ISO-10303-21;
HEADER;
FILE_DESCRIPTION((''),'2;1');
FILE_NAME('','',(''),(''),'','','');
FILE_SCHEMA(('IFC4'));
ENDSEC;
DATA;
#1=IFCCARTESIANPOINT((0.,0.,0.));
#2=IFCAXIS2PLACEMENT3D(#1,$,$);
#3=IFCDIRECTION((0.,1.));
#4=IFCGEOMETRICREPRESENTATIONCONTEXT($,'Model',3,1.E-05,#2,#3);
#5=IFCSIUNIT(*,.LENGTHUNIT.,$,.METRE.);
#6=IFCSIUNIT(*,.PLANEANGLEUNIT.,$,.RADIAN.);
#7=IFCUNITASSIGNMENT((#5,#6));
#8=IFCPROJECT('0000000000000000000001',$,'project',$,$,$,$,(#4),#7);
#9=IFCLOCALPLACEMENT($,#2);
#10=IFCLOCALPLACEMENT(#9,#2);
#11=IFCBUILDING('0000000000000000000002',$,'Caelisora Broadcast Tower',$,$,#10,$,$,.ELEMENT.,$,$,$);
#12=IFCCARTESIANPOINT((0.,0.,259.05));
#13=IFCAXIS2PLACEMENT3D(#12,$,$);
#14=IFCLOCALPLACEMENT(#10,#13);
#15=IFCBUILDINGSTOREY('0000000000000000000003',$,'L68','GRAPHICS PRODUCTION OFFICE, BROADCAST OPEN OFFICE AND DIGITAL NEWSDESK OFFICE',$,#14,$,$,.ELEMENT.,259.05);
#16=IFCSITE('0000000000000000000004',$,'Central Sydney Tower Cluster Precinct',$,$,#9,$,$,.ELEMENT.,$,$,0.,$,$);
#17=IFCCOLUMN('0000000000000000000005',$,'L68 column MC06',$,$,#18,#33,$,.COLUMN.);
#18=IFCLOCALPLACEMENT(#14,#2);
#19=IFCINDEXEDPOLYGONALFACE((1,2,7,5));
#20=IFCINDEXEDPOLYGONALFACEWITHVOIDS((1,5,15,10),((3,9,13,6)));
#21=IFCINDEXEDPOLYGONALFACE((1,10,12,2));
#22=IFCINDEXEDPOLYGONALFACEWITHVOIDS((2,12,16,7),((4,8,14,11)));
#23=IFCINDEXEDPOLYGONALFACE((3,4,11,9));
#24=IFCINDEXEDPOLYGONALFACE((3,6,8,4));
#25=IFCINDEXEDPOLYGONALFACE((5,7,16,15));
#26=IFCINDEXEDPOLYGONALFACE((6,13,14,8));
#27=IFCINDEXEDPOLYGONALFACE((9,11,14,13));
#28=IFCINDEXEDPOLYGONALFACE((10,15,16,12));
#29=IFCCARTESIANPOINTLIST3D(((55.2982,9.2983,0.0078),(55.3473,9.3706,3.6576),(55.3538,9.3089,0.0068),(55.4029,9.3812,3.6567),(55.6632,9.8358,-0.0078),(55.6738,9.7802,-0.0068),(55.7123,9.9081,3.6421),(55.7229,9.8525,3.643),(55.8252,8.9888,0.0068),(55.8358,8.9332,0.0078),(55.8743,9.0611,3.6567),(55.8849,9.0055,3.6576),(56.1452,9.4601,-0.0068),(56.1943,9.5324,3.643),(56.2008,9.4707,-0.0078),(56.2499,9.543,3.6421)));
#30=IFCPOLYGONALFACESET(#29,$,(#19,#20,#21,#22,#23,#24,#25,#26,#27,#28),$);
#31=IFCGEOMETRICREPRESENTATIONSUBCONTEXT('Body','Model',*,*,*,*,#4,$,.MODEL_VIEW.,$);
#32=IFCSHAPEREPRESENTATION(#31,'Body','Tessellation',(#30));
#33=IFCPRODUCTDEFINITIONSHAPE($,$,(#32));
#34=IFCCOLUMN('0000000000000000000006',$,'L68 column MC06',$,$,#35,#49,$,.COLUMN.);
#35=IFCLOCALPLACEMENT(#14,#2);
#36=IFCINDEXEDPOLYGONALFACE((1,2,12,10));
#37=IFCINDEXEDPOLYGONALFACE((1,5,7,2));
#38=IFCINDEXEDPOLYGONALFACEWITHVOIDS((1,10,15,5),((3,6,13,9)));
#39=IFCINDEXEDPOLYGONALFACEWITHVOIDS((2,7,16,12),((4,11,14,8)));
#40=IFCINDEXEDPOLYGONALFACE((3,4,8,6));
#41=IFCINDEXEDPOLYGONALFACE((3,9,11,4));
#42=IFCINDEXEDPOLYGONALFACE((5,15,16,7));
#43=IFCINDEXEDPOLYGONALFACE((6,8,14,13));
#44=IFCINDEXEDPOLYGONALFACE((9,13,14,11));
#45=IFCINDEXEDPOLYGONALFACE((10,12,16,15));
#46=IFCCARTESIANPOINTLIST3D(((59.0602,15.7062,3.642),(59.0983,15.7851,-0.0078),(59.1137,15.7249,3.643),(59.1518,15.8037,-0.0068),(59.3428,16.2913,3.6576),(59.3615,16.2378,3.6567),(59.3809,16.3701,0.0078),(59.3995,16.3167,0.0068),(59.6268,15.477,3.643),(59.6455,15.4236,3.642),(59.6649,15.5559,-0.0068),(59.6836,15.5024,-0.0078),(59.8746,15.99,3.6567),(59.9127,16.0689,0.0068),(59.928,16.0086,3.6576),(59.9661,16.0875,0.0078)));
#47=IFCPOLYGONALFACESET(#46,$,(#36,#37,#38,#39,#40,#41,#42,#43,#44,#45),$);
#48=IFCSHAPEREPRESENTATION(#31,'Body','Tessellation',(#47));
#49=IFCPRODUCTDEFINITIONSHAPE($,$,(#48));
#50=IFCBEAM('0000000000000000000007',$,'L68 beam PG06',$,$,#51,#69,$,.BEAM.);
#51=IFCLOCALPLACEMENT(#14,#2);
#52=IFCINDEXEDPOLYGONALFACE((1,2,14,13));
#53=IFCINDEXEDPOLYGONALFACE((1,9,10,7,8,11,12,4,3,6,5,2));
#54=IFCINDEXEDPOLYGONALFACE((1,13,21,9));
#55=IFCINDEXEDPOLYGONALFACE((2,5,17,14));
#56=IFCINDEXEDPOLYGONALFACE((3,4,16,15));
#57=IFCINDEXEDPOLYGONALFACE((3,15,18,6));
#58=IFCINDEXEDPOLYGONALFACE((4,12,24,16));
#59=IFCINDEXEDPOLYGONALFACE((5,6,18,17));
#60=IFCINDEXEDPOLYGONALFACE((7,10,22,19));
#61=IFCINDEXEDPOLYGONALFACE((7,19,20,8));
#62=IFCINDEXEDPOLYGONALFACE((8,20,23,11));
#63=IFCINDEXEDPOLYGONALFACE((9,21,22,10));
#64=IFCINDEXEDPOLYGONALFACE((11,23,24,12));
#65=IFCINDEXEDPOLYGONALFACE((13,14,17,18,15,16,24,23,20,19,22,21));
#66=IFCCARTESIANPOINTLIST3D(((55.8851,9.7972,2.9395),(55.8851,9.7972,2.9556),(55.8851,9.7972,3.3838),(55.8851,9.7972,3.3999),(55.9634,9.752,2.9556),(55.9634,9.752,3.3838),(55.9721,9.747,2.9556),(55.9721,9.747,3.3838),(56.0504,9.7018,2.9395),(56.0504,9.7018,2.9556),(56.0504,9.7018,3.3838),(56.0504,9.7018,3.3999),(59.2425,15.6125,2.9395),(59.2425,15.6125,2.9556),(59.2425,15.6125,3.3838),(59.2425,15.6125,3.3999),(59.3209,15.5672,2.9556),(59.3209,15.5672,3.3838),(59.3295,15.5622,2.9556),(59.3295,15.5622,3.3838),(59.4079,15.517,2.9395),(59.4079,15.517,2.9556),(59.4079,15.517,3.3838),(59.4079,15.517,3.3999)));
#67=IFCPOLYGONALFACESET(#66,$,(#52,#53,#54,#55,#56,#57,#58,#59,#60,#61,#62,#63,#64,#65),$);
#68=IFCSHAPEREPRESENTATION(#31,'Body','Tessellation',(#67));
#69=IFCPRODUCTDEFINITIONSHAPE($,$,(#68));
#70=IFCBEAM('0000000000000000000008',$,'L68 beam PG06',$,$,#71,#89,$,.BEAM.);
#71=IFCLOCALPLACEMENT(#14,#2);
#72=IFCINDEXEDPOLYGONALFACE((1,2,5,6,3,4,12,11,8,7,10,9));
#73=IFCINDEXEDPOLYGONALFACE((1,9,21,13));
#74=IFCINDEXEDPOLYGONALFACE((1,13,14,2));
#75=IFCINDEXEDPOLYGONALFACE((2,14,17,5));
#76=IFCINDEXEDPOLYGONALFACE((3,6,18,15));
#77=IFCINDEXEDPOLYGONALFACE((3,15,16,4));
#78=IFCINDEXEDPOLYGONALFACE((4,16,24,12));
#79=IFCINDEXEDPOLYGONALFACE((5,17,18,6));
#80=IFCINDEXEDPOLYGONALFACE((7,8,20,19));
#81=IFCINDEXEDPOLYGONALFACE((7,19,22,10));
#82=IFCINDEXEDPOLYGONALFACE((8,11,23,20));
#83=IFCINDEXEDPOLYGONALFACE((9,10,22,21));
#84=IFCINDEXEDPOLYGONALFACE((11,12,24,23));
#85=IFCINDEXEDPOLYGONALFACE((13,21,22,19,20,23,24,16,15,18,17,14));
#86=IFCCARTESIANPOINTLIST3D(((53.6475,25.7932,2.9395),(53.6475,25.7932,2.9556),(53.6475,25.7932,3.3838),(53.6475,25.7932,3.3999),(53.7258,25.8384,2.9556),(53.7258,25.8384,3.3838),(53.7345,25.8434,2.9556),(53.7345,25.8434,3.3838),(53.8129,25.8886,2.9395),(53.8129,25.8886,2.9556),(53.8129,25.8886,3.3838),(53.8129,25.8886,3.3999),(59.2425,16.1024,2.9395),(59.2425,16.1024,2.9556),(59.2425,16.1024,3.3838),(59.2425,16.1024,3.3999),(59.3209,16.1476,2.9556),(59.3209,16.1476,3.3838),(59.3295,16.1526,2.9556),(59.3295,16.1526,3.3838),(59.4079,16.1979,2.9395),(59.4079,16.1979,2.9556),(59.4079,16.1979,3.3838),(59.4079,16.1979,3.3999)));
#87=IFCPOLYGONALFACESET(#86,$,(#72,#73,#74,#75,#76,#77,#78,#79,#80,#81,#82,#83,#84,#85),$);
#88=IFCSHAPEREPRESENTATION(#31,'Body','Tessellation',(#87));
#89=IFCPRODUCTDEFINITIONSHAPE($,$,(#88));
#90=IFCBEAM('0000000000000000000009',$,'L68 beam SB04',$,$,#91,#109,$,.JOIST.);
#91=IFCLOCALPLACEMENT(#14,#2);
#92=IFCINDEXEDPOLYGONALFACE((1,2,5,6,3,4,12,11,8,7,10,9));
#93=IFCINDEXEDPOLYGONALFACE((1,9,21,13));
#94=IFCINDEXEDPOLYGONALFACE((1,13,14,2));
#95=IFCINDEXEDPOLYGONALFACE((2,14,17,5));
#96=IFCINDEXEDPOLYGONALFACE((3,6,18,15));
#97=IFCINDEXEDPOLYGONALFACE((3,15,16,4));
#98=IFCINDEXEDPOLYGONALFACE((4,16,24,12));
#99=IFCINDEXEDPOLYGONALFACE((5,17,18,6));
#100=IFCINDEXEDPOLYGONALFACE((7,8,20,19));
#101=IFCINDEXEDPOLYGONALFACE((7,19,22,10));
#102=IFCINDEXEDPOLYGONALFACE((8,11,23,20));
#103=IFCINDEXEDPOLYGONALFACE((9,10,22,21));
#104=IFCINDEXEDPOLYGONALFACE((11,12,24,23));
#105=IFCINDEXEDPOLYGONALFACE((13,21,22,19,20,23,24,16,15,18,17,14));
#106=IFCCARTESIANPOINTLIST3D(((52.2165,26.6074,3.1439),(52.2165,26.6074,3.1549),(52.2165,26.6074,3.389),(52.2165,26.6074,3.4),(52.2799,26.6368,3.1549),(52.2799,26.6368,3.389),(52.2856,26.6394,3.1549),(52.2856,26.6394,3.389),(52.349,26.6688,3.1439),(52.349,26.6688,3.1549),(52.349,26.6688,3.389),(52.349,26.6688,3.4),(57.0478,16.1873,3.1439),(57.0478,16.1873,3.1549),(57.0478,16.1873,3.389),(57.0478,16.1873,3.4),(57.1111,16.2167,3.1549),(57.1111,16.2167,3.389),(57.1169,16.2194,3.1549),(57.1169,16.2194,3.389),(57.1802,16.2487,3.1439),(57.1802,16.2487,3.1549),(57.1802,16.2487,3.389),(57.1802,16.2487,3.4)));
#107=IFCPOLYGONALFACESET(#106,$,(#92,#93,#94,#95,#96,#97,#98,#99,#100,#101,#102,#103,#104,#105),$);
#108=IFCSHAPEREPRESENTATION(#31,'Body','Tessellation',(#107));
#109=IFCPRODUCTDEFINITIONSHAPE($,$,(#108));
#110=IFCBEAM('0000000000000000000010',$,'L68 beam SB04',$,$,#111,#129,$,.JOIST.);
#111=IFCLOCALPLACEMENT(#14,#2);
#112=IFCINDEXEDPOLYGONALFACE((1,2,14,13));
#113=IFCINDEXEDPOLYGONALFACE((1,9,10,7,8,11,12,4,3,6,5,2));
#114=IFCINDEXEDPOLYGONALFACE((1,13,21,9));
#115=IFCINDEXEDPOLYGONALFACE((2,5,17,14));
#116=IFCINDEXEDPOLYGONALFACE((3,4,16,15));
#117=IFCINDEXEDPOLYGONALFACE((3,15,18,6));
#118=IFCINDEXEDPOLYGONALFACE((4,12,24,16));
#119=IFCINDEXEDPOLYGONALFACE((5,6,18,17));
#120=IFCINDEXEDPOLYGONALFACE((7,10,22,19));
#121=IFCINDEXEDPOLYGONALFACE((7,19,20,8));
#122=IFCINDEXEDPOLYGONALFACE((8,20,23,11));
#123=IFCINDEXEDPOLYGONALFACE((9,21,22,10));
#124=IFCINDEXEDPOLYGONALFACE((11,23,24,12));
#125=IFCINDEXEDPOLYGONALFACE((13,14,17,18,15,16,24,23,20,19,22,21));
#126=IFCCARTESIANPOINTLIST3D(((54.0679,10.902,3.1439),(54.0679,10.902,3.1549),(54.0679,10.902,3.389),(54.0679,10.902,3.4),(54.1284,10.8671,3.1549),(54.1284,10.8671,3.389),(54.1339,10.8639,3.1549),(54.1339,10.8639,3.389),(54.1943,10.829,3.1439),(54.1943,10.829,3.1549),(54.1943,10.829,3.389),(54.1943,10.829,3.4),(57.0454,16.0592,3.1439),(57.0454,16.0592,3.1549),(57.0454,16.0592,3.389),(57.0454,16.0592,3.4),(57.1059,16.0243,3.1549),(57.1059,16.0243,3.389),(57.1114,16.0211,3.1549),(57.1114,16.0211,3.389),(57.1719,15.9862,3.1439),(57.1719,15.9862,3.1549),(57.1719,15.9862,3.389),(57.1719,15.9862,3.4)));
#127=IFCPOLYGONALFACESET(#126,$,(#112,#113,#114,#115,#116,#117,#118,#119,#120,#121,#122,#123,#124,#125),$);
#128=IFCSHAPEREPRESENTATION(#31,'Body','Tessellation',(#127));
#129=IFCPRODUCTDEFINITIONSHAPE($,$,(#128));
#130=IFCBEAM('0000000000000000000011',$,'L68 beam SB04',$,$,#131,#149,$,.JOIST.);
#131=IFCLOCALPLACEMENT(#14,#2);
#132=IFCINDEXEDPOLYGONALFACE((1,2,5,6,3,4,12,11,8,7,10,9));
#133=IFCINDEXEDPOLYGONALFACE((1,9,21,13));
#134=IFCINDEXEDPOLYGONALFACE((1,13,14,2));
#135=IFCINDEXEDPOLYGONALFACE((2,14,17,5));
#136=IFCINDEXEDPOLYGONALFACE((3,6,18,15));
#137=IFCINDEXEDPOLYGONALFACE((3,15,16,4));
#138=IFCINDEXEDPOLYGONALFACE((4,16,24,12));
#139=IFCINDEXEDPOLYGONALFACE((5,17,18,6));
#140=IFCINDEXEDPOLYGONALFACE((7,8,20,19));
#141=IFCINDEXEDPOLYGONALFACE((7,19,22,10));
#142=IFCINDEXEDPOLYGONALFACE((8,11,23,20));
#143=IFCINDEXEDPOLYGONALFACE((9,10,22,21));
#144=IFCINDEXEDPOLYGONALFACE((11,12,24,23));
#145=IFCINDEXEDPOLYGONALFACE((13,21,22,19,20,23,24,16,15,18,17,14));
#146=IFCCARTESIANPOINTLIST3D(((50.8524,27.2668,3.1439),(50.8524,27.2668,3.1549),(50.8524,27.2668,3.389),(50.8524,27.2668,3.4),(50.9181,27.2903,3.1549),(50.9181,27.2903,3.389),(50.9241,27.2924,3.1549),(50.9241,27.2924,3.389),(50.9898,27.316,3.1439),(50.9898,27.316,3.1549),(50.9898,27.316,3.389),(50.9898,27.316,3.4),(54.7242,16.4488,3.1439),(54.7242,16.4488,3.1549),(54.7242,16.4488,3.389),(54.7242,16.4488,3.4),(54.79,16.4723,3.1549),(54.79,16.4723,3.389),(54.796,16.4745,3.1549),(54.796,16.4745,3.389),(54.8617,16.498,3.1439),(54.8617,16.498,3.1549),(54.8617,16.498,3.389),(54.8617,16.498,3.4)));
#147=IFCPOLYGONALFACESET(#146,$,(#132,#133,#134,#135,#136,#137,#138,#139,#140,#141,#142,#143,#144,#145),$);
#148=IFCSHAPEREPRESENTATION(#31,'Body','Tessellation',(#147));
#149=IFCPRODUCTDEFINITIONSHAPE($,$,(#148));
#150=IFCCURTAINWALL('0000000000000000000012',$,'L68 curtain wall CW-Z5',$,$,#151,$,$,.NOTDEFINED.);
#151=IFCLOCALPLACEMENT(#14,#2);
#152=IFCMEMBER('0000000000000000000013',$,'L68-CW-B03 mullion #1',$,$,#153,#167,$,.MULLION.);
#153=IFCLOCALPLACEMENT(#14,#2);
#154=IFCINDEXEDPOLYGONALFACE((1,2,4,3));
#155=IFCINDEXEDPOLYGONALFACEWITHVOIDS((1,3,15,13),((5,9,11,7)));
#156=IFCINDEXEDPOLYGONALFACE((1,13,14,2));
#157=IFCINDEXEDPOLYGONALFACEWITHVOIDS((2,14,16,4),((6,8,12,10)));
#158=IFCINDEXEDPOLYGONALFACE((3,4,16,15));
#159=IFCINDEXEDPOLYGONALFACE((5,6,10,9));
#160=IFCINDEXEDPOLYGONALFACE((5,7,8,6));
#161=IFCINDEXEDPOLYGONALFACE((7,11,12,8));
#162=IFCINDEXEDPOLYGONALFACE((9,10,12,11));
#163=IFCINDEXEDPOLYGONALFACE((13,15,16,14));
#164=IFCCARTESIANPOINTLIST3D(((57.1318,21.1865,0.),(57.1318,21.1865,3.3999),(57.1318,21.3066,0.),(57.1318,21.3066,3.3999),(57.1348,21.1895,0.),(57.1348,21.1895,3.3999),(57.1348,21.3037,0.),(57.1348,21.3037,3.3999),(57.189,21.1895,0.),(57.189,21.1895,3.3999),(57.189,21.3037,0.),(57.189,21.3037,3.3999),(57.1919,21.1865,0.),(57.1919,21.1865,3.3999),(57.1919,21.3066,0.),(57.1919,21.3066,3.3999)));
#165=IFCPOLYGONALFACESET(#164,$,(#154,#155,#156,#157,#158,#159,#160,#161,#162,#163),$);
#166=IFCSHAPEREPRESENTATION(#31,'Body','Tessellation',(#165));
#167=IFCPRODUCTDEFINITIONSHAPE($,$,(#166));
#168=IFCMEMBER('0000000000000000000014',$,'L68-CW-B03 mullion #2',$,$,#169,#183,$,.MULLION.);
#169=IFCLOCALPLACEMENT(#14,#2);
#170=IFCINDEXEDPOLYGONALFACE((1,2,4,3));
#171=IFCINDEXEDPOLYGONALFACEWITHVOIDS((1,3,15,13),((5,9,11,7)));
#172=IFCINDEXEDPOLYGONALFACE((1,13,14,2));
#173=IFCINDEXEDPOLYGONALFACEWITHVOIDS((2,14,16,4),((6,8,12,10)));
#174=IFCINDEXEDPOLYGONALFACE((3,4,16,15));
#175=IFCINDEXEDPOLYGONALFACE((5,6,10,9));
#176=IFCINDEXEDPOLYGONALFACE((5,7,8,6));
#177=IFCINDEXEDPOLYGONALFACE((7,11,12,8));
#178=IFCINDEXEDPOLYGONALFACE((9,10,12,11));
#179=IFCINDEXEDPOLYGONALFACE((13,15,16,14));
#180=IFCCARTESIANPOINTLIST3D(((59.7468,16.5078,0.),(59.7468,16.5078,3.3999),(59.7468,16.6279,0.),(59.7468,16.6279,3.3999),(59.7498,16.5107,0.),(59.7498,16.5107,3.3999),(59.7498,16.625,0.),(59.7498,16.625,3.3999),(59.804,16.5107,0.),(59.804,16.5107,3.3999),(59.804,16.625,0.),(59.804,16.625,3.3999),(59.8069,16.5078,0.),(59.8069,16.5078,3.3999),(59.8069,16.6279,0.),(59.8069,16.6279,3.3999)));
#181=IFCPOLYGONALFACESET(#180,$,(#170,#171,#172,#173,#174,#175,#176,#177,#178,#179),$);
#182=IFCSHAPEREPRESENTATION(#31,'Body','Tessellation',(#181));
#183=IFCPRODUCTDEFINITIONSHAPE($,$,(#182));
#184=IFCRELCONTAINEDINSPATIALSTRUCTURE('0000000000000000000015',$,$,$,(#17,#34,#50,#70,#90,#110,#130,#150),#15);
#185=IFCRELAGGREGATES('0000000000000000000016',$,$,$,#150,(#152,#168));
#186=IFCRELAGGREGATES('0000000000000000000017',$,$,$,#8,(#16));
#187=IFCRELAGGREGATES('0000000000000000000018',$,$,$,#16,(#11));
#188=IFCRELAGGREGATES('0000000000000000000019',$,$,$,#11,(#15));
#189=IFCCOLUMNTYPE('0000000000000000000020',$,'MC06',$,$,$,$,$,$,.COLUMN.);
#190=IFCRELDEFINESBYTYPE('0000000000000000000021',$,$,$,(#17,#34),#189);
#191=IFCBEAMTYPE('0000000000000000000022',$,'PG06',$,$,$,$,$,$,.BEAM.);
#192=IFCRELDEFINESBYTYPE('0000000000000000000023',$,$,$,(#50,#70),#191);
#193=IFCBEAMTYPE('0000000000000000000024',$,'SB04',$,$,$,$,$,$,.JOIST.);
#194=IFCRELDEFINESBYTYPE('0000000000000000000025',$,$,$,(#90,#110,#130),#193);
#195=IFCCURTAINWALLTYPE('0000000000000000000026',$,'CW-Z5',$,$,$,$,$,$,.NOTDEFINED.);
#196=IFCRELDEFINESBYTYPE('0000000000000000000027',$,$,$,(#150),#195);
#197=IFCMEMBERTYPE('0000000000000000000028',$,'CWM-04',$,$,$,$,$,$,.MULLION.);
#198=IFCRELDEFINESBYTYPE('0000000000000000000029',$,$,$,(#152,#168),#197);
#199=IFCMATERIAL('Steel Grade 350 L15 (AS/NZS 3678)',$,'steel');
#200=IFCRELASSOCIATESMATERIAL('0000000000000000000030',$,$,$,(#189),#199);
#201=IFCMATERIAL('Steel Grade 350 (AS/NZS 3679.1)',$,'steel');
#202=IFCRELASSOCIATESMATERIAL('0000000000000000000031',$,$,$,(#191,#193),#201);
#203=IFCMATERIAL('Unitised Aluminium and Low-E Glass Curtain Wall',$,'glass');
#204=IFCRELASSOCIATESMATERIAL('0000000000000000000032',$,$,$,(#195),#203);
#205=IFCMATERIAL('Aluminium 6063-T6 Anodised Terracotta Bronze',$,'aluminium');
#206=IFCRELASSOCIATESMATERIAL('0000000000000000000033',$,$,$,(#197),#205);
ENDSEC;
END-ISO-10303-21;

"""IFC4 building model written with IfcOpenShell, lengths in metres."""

from ifc_helpers import new_model, si_unit, direction, frame, origin, origin_2d, place, context, subcontext, project, spatial, hollow_rectangle, i_section, extrude, source, transform, mapped, material, material_profile, profile_set, type_object, type_shapes, element, aggregate, save


model = new_model("IFC4")

# Units and contexts
model_context = context("Model", 3, precision=1e-05, world=origin(), true_north=direction((0.0, 1.0)))
body_context = subcontext(model_context, "Body", "Model", "MODEL_VIEW")
ifc_project = project(units=[si_unit("LENGTHUNIT", "METRE"), si_unit("PLANEANGLEUNIT", "RADIAN")], contexts=[model_context])

# Site, building, storey
site_placement = place(None, origin())
site = spatial("IfcSite", under=ifc_project, at=site_placement, Name="Central Sydney Tower Cluster Precinct", CompositionType="ELEMENT", RefElevation=0.0)
building_placement = place(site_placement, origin())
building = spatial("IfcBuilding", under=site, at=building_placement, Name="Caelisora Broadcast Tower", CompositionType="ELEMENT")
storey_placement = place(building_placement, frame((0.0, 0.0, 259.05)))
storey = spatial("IfcBuildingStorey", under=building, at=storey_placement, Name="L68", Description="GRAPHICS PRODUCTION OFFICE, BROADCAST OPEN OFFICE AND DIGITAL NEWSDESK OFFICE", CompositionType="ELEMENT", Elevation=259.05)

# Columns
ifc_material_1 = material(Name="Steel Grade 350 L15 (AS/NZS 3678)", Category="steel")
ifc_material_profile_1 = material_profile(ifc_material_1, hollow_rectangle(XDim=0.6499, YDim=0.6499, WallThickness=0.04, at=origin_2d()), Name="Steel Grade 350 L15 (AS/NZS 3678)")
ifc_profile_set_1 = profile_set([ifc_material_profile_1], Name="Steel Grade 350 L15 (AS/NZS 3678)")
column_type = type_object("IfcColumnType", Name="MC06", PredefinedType="COLUMN", material=ifc_profile_set_1)
shared_shape_1 = source(origin(), body_context, "Body", "SweptSolid", [
    extrude(hollow_rectangle(XDim=0.6499, YDim=0.6499, WallThickness=0.04, at=origin_2d()), origin(), (0.0, 0.0, 1.0), 3.6509),
])
type_shapes(column_type, [shared_shape_1])
for number, where, z_axis, x_axis, name in (
    (1, (55.7495, 9.3845, 0.0), (0.013441, 0.019794, 0.999714), (-0.82729, 0.561775, 0.0), "L68 column MC06"),
    (2, (59.5322, 15.9363, 0.0), (-0.010432, -0.021599, 0.999712), (0.900476, -0.434905, 0.0), "L68 column MC06"),
):
    element("IfcColumn", number, at=place(storey_placement, frame(where, z_axis=z_axis, x_axis=x_axis)), inside=storey, type_object=column_type, Name=name, PredefinedType="COLUMN", context=body_context, shape_type="MappedRepresentation", body=[
        mapped(shared_shape_1, transform((0.0, 0.0, 0.0), scale=1.0)),
    ])

# Beams
ifc_material_2 = material(Name="Steel Grade 350 (AS/NZS 3679.1)", Category="steel")
ifc_material_profile_2 = material_profile(ifc_material_2, i_section(OverallWidth=0.1909, OverallDepth=0.4604, WebThickness=0.01, FlangeThickness=0.0161, at=origin_2d()), Name="Steel Grade 350 (AS/NZS 3679.1)")
ifc_profile_set_2 = profile_set([ifc_material_profile_2], Name="Steel Grade 350 (AS/NZS 3679.1)")
beam_type_1 = type_object("IfcBeamType", Name="PG06", PredefinedType="BEAM", material=ifc_profile_set_2)
shared_shape_2 = source(origin(), body_context, "Body", "SweptSolid", [
    extrude(i_section(OverallWidth=0.1909, OverallDepth=0.4604, WebThickness=0.01, FlangeThickness=0.0161, at=origin_2d()), origin(), (0.0, 0.0, 1.0), 6.7148),
])
beam_1_placement = place(storey_placement, frame((55.9678, 9.7495, 3.1697), z_axis=(0.500003, 0.866024, 0.0), x_axis=(-0.866024, 0.500003, 0.0)))
element("IfcBeam", 3, at=beam_1_placement, inside=storey, type_object=beam_type_1, Name="L68 beam PG06", PredefinedType="BEAM", context=body_context, shape_type="MappedRepresentation", body=[
    mapped(shared_shape_2, transform((0.0, 0.0, 0.0), scale=1.0)),
])
shared_shape_3 = source(origin(), body_context, "Body", "SweptSolid", [
    extrude(i_section(OverallWidth=0.1909, OverallDepth=0.4604, WebThickness=0.01, FlangeThickness=0.0161, at=origin_2d()), origin(), (0.0, 0.0, 1.0), 11.1899),
])
type_shapes(beam_type_1, [shared_shape_2, shared_shape_3])
beam_2_placement = place(storey_placement, frame((59.3252, 16.1501, 3.1697), z_axis=(-0.500004, 0.866023, 0.0), x_axis=(-0.866023, -0.500004, 0.0)))
element("IfcBeam", 4, at=beam_2_placement, inside=storey, type_object=beam_type_1, Name="L68 beam PG06", PredefinedType="BEAM", context=body_context, shape_type="MappedRepresentation", body=[
    mapped(shared_shape_3, transform((0.0, 0.0, 0.0), scale=1.0)),
])
ifc_material_profile_3 = material_profile(ifc_material_2, i_section(OverallWidth=0.146, OverallDepth=0.2561, WebThickness=0.0063, FlangeThickness=0.011, at=origin_2d()), Name="Steel Grade 350 (AS/NZS 3679.1)")
ifc_profile_set_3 = profile_set([ifc_material_profile_3], Name="Steel Grade 350 (AS/NZS 3679.1)")
beam_type_2 = type_object("IfcBeamType", Name="SB04", PredefinedType="JOIST", material=ifc_profile_set_3)
shared_shape_4 = source(origin(), body_context, "Body", "SweptSolid", [
    extrude(i_section(OverallWidth=0.146, OverallDepth=0.2561, WebThickness=0.0063, FlangeThickness=0.011, at=origin_2d()), origin(), (0.0, 0.0, 1.0), 11.4856),
])
beam_3_placement = place(storey_placement, frame((57.114, 16.218, 3.272), z_axis=(-0.420636, 0.90723, 0.0), x_axis=(-0.90723, -0.420636, 0.0)))
element("IfcBeam", 5, at=beam_3_placement, inside=storey, type_object=beam_type_2, Name="L68 beam SB04", PredefinedType="JOIST", context=body_context, shape_type="MappedRepresentation", body=[
    mapped(shared_shape_4, transform((0.0, 0.0, 0.0), scale=1.0)),
])
shared_shape_5 = source(origin(), body_context, "Body", "SweptSolid", [
    extrude(i_section(OverallWidth=0.146, OverallDepth=0.2561, WebThickness=0.0063, FlangeThickness=0.011, at=origin_2d()), origin(), (0.0, 0.0, 1.0), 5.9551),
])
beam_4_placement = place(storey_placement, frame((54.1311, 10.8655, 3.272), z_axis=(0.500002, 0.866024, 0.0), x_axis=(-0.866024, 0.500002, 0.0)))
element("IfcBeam", 6, at=beam_4_placement, inside=storey, type_object=beam_type_2, Name="L68 beam SB04", PredefinedType="JOIST", context=body_context, shape_type="MappedRepresentation", body=[
    mapped(shared_shape_5, transform((0.0, 0.0, 0.0), scale=1.0)),
])
shared_shape_6 = source(origin(), body_context, "Body", "SweptSolid", [
    extrude(i_section(OverallWidth=0.146, OverallDepth=0.2561, WebThickness=0.0063, FlangeThickness=0.011, at=origin_2d()), origin(), (0.0, 0.0, 1.0), 11.49),
])
type_shapes(beam_type_2, [shared_shape_4, shared_shape_5, shared_shape_6])
beam_5_placement = place(storey_placement, frame((54.793, 16.4734, 3.272), z_axis=(-0.336977, 0.941513, 0.0), x_axis=(-0.941513, -0.336977, 0.0)))
element("IfcBeam", 7, at=beam_5_placement, inside=storey, type_object=beam_type_2, Name="L68 beam SB04", PredefinedType="JOIST", context=body_context, shape_type="MappedRepresentation", body=[
    mapped(shared_shape_6, transform((0.0, 0.0, 0.0), scale=1.0)),
])

# Curtain wall, members
ifc_material_3 = material(Name="Unitised Aluminium and Low-E Glass Curtain Wall", Category="glass")
curtain_wall_type = type_object("IfcCurtainWallType", Name="CW-Z5", PredefinedType="NOTDEFINED", material=ifc_material_3)
curtain_wall_1_placement = place(storey_placement, origin())
curtain_wall_1 = element("IfcCurtainWall", 8, at=curtain_wall_1_placement, inside=storey, type_object=curtain_wall_type, Name="L68 curtain wall CW-Z5", PredefinedType="NOTDEFINED")
ifc_material_4 = material(Name="Aluminium 6063-T6 Anodised Terracotta Bronze", Category="aluminium")
ifc_material_profile_4 = material_profile(ifc_material_4, hollow_rectangle(XDim=0.0601, YDim=0.1201, WallThickness=0.0029, at=origin_2d()), Name="Aluminium 6063-T6 Anodised Terracotta Bronze")
ifc_profile_set_4 = profile_set([ifc_material_profile_4], Name="Aluminium 6063-T6 Anodised Terracotta Bronze")
member_type_1 = type_object("IfcMemberType", Name="CWM-04", PredefinedType="MULLION", material=ifc_profile_set_4)
shared_shape_7 = source(origin(), body_context, "Body", "SweptSolid", [
    extrude(hollow_rectangle(XDim=0.0601, YDim=0.1201, WallThickness=0.0029, at=origin_2d()), origin(), (0.0, 0.0, 1.0), 3.3999),
])
type_shapes(member_type_1, [shared_shape_7])
member_1_placement = place(storey_placement, frame((57.1619, 21.2466, 0.0), z_axis=(0.0, 0.0, 1.0), x_axis=(1.0, 0.0, 0.0)))
member_1 = element("IfcMember", 9, at=member_1_placement, type_object=member_type_1, Name="L68-CW-B03 mullion #1", PredefinedType="MULLION", context=body_context, shape_type="MappedRepresentation", body=[
    mapped(shared_shape_7, transform((0.0, 0.0, 0.0), scale=1.0)),
])
member_2_placement = place(storey_placement, frame((59.7769, 16.5679, 0.0), z_axis=(0.0, 0.0, 1.0), x_axis=(1.0, 0.0, 0.0)))
member_2 = element("IfcMember", 10, at=member_2_placement, type_object=member_type_1, Name="L68-CW-B03 mullion #2", PredefinedType="MULLION", context=body_context, shape_type="MappedRepresentation", body=[
    mapped(shared_shape_7, transform((0.0, 0.0, 0.0), scale=1.0)),
])

aggregate(curtain_wall_1, [member_1, member_2])

save(model, "model.ifc")
